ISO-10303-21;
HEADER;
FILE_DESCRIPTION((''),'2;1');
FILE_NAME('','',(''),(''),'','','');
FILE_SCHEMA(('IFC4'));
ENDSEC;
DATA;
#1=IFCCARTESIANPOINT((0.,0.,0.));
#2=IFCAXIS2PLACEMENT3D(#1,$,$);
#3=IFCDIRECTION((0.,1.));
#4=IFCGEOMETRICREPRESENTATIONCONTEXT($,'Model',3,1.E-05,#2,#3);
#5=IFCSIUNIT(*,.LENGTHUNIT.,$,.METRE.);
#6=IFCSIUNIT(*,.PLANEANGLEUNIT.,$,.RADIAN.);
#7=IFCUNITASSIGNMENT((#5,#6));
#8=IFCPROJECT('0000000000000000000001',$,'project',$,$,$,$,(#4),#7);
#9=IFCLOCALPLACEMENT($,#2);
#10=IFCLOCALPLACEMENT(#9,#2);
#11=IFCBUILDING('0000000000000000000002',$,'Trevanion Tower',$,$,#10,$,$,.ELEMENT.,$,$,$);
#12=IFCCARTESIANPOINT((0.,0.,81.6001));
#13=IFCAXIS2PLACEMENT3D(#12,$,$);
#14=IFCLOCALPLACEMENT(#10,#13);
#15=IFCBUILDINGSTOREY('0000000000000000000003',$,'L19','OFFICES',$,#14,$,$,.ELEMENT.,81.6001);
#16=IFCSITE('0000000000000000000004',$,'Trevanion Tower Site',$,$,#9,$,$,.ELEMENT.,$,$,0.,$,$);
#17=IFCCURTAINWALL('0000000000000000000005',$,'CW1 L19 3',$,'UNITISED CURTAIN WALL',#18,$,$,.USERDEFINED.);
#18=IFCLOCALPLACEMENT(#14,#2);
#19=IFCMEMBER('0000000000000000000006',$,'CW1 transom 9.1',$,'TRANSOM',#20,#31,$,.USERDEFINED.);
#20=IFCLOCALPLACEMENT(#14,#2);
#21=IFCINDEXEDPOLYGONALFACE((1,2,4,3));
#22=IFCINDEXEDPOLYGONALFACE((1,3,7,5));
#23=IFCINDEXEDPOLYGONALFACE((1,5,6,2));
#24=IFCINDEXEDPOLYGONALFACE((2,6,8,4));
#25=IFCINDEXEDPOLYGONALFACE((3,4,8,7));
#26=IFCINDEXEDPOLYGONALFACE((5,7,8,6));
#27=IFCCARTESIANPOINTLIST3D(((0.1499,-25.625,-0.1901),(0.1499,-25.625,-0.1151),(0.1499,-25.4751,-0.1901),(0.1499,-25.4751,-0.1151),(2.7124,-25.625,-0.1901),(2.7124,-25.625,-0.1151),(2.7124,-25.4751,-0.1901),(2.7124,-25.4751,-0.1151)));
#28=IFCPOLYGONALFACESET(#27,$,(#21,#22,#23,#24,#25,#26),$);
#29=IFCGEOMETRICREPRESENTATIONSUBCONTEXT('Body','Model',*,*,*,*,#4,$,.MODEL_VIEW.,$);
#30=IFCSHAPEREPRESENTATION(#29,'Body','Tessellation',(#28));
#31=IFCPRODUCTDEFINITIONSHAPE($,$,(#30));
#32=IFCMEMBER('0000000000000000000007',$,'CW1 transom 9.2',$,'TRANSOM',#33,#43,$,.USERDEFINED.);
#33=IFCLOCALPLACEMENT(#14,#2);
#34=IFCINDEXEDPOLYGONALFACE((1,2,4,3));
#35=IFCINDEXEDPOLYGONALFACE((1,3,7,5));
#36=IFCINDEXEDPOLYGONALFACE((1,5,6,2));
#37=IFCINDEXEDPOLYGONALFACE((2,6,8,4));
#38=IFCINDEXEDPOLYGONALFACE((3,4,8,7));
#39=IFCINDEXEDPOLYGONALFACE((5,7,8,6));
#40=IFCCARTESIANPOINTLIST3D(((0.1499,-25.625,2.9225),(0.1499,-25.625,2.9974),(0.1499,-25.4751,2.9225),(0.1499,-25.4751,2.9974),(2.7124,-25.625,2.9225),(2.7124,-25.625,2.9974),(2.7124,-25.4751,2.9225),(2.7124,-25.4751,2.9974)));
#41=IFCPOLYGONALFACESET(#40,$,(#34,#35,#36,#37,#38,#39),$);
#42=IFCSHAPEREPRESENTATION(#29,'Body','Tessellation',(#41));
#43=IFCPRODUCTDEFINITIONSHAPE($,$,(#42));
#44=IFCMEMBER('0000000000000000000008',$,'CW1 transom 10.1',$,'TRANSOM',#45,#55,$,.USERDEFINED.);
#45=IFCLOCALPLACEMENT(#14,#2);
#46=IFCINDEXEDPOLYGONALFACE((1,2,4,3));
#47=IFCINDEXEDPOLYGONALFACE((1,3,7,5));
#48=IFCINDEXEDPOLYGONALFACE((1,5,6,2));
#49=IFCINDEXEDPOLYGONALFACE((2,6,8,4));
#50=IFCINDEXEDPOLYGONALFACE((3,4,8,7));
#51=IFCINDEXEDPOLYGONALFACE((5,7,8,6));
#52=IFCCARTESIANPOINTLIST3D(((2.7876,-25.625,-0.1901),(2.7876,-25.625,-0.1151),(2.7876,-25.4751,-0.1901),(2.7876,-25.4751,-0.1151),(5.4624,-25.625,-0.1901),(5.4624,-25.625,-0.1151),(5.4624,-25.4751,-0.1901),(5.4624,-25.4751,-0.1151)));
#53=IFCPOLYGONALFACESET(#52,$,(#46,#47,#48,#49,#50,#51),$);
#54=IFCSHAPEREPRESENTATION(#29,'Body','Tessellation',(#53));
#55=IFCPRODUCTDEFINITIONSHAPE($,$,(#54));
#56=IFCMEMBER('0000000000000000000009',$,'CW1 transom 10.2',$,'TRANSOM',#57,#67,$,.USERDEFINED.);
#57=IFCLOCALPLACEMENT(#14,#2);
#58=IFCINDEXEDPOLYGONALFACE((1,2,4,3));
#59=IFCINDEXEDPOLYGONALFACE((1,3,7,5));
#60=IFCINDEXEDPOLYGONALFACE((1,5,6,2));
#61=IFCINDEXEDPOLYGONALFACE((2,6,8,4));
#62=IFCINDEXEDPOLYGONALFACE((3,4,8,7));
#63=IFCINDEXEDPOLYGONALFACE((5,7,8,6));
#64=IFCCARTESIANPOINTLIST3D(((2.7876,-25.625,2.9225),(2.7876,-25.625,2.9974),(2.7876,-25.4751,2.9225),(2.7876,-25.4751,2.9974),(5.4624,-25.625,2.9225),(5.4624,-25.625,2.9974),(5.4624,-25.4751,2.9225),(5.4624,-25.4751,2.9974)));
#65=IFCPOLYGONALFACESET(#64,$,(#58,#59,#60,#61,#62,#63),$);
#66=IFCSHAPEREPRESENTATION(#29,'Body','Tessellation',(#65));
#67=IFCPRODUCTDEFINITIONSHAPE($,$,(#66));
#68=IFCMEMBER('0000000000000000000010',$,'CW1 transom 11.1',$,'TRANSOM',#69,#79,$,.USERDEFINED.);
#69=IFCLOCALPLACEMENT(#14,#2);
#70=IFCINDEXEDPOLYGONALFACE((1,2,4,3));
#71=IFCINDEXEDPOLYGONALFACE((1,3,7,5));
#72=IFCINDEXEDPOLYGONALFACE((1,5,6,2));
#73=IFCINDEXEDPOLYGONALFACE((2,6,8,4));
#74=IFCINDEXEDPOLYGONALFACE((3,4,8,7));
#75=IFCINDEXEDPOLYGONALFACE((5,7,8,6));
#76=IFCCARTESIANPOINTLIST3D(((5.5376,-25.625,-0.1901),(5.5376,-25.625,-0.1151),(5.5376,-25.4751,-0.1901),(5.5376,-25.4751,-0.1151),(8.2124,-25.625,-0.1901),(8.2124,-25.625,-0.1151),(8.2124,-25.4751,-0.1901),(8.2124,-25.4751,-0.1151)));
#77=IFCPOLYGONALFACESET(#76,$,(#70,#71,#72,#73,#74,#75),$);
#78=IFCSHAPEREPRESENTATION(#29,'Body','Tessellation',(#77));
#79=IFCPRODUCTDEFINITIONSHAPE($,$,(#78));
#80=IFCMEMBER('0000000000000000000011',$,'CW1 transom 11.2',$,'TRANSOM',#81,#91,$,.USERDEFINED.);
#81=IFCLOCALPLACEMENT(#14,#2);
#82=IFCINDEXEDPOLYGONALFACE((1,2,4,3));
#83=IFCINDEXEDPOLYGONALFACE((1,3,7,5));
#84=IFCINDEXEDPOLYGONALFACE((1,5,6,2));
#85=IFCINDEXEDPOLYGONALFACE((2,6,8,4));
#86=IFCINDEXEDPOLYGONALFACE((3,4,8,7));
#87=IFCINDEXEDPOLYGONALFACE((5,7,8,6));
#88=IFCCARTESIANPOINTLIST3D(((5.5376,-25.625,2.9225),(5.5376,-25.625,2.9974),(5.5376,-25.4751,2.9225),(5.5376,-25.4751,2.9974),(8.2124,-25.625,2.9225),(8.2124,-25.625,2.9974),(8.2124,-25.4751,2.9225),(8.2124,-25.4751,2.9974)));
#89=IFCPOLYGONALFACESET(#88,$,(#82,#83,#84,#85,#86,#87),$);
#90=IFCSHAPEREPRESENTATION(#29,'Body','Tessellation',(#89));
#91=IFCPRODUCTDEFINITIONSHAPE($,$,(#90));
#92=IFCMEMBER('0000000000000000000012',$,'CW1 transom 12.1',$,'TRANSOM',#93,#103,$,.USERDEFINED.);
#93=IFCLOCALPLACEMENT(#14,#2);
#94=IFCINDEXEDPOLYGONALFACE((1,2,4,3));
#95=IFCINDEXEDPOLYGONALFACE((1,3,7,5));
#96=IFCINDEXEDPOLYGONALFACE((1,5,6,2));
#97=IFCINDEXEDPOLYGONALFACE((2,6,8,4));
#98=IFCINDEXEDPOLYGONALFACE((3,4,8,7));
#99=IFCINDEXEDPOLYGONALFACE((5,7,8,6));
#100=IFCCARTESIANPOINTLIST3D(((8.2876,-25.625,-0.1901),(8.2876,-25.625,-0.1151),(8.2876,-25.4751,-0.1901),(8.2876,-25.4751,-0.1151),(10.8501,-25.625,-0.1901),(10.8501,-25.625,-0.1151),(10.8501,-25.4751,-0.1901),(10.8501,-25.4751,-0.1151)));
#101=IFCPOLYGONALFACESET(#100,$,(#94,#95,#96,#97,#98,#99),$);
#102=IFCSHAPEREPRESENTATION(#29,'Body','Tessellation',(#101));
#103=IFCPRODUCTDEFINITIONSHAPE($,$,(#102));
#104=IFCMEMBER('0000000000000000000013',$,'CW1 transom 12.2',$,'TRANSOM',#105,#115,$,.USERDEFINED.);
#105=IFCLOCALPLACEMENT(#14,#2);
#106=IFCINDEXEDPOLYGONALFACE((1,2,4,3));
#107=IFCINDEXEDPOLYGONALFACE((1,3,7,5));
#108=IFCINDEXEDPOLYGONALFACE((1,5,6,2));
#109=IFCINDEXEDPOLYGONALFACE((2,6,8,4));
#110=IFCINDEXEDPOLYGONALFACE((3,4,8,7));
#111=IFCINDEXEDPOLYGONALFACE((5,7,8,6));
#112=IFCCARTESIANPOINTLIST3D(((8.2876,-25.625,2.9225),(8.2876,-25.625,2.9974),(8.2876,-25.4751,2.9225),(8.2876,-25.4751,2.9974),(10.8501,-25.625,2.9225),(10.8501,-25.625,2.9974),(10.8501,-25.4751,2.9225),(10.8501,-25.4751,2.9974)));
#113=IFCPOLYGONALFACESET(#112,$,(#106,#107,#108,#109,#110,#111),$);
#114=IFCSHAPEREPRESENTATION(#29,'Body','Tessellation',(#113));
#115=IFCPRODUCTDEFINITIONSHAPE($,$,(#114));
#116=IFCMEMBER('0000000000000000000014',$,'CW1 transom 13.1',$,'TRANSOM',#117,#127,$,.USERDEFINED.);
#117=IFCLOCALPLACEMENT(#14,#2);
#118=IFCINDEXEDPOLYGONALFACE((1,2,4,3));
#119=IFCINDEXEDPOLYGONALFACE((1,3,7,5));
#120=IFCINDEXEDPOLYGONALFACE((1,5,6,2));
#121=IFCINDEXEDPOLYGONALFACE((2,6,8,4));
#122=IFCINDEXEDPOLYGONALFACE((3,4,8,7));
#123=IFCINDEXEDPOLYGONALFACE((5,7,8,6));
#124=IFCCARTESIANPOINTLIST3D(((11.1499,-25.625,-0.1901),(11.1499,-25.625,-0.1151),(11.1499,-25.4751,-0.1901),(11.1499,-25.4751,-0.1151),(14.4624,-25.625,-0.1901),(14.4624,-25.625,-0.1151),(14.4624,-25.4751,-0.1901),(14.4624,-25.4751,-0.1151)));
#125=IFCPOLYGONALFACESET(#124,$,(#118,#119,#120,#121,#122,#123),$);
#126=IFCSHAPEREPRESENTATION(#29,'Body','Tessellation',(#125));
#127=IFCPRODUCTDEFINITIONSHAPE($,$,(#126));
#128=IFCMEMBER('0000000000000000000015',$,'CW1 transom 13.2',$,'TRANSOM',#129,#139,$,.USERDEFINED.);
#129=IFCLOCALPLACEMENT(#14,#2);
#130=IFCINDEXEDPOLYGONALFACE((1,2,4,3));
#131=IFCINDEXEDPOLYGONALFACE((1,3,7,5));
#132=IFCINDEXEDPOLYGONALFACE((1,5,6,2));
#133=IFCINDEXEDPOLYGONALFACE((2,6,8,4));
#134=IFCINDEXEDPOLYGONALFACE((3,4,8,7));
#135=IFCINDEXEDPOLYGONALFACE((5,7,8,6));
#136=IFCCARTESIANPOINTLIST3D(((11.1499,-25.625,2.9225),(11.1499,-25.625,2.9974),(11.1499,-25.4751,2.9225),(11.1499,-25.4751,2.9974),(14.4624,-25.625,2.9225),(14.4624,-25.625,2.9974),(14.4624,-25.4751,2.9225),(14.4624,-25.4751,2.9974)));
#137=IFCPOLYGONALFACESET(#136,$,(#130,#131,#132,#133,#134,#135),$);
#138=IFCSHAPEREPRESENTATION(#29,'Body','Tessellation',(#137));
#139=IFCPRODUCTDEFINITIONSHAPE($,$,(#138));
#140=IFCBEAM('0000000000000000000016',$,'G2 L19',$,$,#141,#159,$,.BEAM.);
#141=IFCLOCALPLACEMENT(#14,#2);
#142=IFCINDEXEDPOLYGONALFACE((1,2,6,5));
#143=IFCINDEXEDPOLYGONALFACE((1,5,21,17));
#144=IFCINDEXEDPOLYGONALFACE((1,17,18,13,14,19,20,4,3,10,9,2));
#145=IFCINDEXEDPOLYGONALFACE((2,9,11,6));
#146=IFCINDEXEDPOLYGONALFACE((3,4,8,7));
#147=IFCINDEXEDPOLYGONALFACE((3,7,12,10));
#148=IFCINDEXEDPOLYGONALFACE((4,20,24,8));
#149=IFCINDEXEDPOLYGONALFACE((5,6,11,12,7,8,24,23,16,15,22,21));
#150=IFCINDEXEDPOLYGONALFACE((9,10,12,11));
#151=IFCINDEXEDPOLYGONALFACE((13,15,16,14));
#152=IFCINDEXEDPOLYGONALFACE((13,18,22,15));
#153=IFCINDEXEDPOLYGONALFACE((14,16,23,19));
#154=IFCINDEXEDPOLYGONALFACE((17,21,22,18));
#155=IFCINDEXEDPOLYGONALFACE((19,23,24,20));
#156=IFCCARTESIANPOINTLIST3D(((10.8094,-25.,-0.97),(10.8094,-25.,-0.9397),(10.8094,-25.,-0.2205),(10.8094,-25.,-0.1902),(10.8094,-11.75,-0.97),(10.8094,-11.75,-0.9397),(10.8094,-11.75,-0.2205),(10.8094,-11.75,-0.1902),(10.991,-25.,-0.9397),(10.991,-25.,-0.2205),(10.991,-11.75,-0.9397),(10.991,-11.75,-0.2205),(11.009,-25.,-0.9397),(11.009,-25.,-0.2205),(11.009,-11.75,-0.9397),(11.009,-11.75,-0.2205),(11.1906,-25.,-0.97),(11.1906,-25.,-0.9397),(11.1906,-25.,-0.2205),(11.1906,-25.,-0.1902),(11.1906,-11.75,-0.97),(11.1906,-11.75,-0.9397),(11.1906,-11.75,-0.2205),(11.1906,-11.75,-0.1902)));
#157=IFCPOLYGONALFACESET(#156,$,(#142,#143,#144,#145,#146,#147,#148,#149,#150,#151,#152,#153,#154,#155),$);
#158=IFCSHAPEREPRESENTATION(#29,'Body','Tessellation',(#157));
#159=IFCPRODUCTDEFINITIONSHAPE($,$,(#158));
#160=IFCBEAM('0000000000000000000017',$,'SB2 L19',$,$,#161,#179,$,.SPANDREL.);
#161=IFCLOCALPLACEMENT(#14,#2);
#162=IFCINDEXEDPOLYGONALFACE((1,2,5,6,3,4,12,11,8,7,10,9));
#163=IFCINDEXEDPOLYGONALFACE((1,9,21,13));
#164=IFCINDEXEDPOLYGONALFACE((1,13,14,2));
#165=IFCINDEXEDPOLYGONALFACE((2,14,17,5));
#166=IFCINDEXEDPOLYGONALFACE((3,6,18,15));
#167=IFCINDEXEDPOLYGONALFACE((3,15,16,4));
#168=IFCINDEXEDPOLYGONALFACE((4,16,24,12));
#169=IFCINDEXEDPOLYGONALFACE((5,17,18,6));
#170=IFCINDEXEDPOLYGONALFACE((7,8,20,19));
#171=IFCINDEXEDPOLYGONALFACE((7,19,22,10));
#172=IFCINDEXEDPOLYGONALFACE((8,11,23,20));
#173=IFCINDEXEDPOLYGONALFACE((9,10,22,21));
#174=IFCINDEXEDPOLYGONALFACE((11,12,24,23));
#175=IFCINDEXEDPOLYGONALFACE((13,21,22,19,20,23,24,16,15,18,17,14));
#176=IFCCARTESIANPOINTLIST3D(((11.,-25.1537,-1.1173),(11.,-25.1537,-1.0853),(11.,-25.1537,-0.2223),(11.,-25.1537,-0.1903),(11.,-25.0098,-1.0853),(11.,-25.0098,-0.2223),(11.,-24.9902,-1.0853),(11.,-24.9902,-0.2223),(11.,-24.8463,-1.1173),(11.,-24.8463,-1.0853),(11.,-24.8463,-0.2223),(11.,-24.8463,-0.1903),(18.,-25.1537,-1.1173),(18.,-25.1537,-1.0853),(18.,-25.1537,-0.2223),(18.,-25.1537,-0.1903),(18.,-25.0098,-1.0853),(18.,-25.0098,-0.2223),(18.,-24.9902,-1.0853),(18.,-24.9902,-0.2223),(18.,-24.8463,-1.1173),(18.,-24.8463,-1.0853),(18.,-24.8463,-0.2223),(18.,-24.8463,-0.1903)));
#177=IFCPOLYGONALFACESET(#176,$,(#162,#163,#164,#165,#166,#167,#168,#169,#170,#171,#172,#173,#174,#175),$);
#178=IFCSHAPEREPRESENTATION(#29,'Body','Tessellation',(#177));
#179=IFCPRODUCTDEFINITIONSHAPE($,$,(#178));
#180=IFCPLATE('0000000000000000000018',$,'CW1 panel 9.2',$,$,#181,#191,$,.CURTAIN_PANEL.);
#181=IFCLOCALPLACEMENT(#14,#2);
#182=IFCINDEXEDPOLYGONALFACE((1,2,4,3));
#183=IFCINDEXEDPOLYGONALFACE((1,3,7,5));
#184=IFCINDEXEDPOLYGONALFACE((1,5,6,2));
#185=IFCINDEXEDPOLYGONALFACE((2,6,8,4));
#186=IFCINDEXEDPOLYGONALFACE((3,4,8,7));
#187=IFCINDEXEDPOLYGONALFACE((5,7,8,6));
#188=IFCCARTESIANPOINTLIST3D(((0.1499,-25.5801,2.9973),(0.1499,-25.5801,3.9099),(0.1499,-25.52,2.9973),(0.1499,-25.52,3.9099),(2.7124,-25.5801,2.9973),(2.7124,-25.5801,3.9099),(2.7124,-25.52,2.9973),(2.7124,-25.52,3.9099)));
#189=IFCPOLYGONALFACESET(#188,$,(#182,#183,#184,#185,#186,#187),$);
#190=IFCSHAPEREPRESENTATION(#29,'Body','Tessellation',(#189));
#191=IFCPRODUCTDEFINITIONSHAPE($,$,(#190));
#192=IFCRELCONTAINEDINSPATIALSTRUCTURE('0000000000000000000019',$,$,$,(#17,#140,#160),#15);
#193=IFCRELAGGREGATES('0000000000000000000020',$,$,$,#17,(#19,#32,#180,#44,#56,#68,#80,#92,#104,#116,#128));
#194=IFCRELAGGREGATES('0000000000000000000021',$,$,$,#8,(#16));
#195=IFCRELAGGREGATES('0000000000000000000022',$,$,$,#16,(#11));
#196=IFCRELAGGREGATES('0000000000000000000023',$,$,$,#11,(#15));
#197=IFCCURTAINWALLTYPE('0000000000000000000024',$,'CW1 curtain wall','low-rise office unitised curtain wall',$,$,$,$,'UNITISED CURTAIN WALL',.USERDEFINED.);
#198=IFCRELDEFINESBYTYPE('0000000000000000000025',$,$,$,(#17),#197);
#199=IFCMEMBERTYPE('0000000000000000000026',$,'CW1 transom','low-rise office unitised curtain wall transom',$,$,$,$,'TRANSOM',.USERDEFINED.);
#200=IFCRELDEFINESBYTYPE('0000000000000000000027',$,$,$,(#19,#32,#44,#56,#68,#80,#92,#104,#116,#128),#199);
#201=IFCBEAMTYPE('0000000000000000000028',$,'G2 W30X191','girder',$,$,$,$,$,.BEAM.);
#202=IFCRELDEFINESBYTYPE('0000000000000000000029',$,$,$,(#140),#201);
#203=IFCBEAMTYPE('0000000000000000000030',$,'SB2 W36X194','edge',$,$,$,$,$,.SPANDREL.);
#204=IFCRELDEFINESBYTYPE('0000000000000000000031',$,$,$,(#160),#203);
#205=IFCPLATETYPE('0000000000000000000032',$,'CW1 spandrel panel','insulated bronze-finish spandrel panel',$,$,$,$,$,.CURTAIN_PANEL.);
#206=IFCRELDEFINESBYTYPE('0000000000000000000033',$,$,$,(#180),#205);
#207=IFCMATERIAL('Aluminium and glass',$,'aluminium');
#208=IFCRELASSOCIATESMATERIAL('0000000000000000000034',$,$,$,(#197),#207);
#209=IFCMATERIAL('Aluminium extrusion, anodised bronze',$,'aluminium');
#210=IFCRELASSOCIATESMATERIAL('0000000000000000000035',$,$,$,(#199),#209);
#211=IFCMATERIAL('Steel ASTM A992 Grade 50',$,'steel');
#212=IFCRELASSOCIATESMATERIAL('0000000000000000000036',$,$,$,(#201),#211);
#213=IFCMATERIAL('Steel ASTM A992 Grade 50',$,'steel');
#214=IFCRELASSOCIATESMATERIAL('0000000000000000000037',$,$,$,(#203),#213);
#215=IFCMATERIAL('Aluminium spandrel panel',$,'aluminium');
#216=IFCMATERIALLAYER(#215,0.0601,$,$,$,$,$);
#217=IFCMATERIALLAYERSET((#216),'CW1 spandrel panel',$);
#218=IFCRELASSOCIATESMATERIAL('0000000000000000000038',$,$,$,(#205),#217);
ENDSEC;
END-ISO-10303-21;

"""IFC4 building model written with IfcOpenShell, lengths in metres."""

from ifc_helpers import new_model, si_unit, direction, frame, origin, origin_2d, place, context, subcontext, project, spatial, rectangle, i_section, extrude, material, layer, layer_set, material_profile, profile_set, type_object, element, aggregate, save


model = new_model("IFC4")

# Units and contexts
model_context = context("Model", 3, precision=1e-05, world=origin(), true_north=direction((0.0, 1.0)))
body_context = subcontext(model_context, "Body", "Model", "MODEL_VIEW")
ifc_project = project(units=[si_unit("LENGTHUNIT", "METRE"), si_unit("PLANEANGLEUNIT", "RADIAN")], contexts=[model_context])

# Site, building, storey
site_placement = place(None, origin())
site = spatial("IfcSite", under=ifc_project, at=site_placement, Name="Trevanion Tower Site", CompositionType="ELEMENT", RefElevation=0.0)
building_placement = place(site_placement, origin())
building = spatial("IfcBuilding", under=site, at=building_placement, Name="Trevanion Tower", CompositionType="ELEMENT")
storey_placement = place(building_placement, frame((0.0, 0.0, 81.6001)))
storey = spatial("IfcBuildingStorey", under=building, at=storey_placement, Name="L19", Description="OFFICES", CompositionType="ELEMENT", Elevation=81.6001)

# Curtain wall, members
ifc_material_1 = material(Name="Aluminium and glass", Category="aluminium")
curtain_wall_type = type_object("IfcCurtainWallType", Name="CW1 curtain wall", Description="low-rise office unitised curtain wall", ElementType="UNITISED CURTAIN WALL", PredefinedType="USERDEFINED", material=ifc_material_1)
curtain_wall_placement = place(storey_placement, origin())
curtain_wall = element("IfcCurtainWall", 1, at=curtain_wall_placement, inside=storey, type_object=curtain_wall_type, Name="CW1 L19 3", ObjectType="UNITISED CURTAIN WALL", PredefinedType="USERDEFINED")
ifc_material_2 = material(Name="Aluminium extrusion, anodised bronze", Category="aluminium")
ifc_material_profile_1 = material_profile(ifc_material_2, rectangle(XDim=0.1499, YDim=0.075, at=origin_2d()), Name="CW1 transom")
ifc_profile_set_1 = profile_set([ifc_material_profile_1], Name="Aluminium extrusion, anodised bronze")
member_type_1 = type_object("IfcMemberType", Name="CW1 transom", Description="low-rise office unitised curtain wall transom", ElementType="TRANSOM", PredefinedType="USERDEFINED", material=ifc_profile_set_1)
member_1_placement = place(storey_placement, frame((0.1499, -25.55, -0.1526), z_axis=(1.0, 0.0, 0.0), x_axis=(0.0, 1.0, 0.0)))
member_1 = element("IfcMember", 2, at=member_1_placement, type_object=member_type_1, Name="CW1 transom 9.1", ObjectType="TRANSOM", PredefinedType="USERDEFINED", context=body_context, shape_type="SweptSolid", body=[
    extrude(rectangle(XDim=0.1499, YDim=0.075, at=origin_2d()), origin(), (0.0, 0.0, 1.0), 2.5625),
])
member_2_placement = place(storey_placement, frame((0.1499, -25.55, 2.96), z_axis=(1.0, 0.0, 0.0), x_axis=(0.0, 1.0, 0.0)))
member_2 = element("IfcMember", 3, at=member_2_placement, type_object=member_type_1, Name="CW1 transom 9.2", ObjectType="TRANSOM", PredefinedType="USERDEFINED", context=body_context, shape_type="SweptSolid", body=[
    extrude(rectangle(XDim=0.1499, YDim=0.075, at=origin_2d()), origin(), (0.0, 0.0, 1.0), 2.5625),
])
member_3_placement = place(storey_placement, frame((2.7876, -25.55, -0.1526), z_axis=(1.0, 0.0, 0.0), x_axis=(0.0, 1.0, 0.0)))
member_3 = element("IfcMember", 4, at=member_3_placement, type_object=member_type_1, Name="CW1 transom 10.1", ObjectType="TRANSOM", PredefinedType="USERDEFINED", context=body_context, shape_type="SweptSolid", body=[
    extrude(rectangle(XDim=0.1499, YDim=0.075, at=origin_2d()), origin(), (0.0, 0.0, 1.0), 2.6748),
])
member_4_placement = place(storey_placement, frame((2.7876, -25.55, 2.96), z_axis=(1.0, 0.0, 0.0), x_axis=(0.0, 1.0, 0.0)))
member_4 = element("IfcMember", 5, at=member_4_placement, type_object=member_type_1, Name="CW1 transom 10.2", ObjectType="TRANSOM", PredefinedType="USERDEFINED", context=body_context, shape_type="SweptSolid", body=[
    extrude(rectangle(XDim=0.1499, YDim=0.075, at=origin_2d()), origin(), (0.0, 0.0, 1.0), 2.6748),
])
member_5_placement = place(storey_placement, frame((5.5376, -25.55, -0.1526), z_axis=(1.0, 0.0, 0.0), x_axis=(0.0, 1.0, 0.0)))
member_5 = element("IfcMember", 6, at=member_5_placement, type_object=member_type_1, Name="CW1 transom 11.1", ObjectType="TRANSOM", PredefinedType="USERDEFINED", context=body_context, shape_type="SweptSolid", body=[
    extrude(rectangle(XDim=0.1499, YDim=0.075, at=origin_2d()), origin(), (0.0, 0.0, 1.0), 2.6748),
])
member_6_placement = place(storey_placement, frame((5.5376, -25.55, 2.96), z_axis=(1.0, 0.0, 0.0), x_axis=(0.0, 1.0, 0.0)))
member_6 = element("IfcMember", 7, at=member_6_placement, type_object=member_type_1, Name="CW1 transom 11.2", ObjectType="TRANSOM", PredefinedType="USERDEFINED", context=body_context, shape_type="SweptSolid", body=[
    extrude(rectangle(XDim=0.1499, YDim=0.075, at=origin_2d()), origin(), (0.0, 0.0, 1.0), 2.6748),
])
member_7_placement = place(storey_placement, frame((8.2876, -25.55, -0.1526), z_axis=(1.0, 0.0, 0.0), x_axis=(0.0, 1.0, 0.0)))
member_7 = element("IfcMember", 8, at=member_7_placement, type_object=member_type_1, Name="CW1 transom 12.1", ObjectType="TRANSOM", PredefinedType="USERDEFINED", context=body_context, shape_type="SweptSolid", body=[
    extrude(rectangle(XDim=0.1499, YDim=0.075, at=origin_2d()), origin(), (0.0, 0.0, 1.0), 2.5625),
])
member_8_placement = place(storey_placement, frame((8.2876, -25.55, 2.96), z_axis=(1.0, 0.0, 0.0), x_axis=(0.0, 1.0, 0.0)))
member_8 = element("IfcMember", 9, at=member_8_placement, type_object=member_type_1, Name="CW1 transom 12.2", ObjectType="TRANSOM", PredefinedType="USERDEFINED", context=body_context, shape_type="SweptSolid", body=[
    extrude(rectangle(XDim=0.1499, YDim=0.075, at=origin_2d()), origin(), (0.0, 0.0, 1.0), 2.5625),
])
member_9_placement = place(storey_placement, frame((11.1499, -25.55, -0.1526), z_axis=(1.0, 0.0, 0.0), x_axis=(0.0, 1.0, 0.0)))
member_9 = element("IfcMember", 10, at=member_9_placement, type_object=member_type_1, Name="CW1 transom 13.1", ObjectType="TRANSOM", PredefinedType="USERDEFINED", context=body_context, shape_type="SweptSolid", body=[
    extrude(rectangle(XDim=0.1499, YDim=0.075, at=origin_2d()), origin(), (0.0, 0.0, 1.0), 3.3125),
])
member_10_placement = place(storey_placement, frame((11.1499, -25.55, 2.96), z_axis=(1.0, 0.0, 0.0), x_axis=(0.0, 1.0, 0.0)))
member_10 = element("IfcMember", 11, at=member_10_placement, type_object=member_type_1, Name="CW1 transom 13.2", ObjectType="TRANSOM", PredefinedType="USERDEFINED", context=body_context, shape_type="SweptSolid", body=[
    extrude(rectangle(XDim=0.1499, YDim=0.075, at=origin_2d()), origin(), (0.0, 0.0, 1.0), 3.3125),
])

# Beams
ifc_material_3 = material(Name="Steel ASTM A992 Grade 50", Category="steel")
ifc_material_profile_2 = material_profile(ifc_material_3, i_section(OverallWidth=0.3811, OverallDepth=0.7798, WebThickness=0.0181, FlangeThickness=0.0303, at=origin_2d()), Name="W30X191")
ifc_profile_set_2 = profile_set([ifc_material_profile_2], Name="Steel ASTM A992 Grade 50")
beam_type_1 = type_object("IfcBeamType", Name="G2 W30X191", Description="girder", PredefinedType="BEAM", material=ifc_profile_set_2)
beam_1_placement = place(storey_placement, frame((11.0, -11.75, -0.5801), z_axis=(0.0, -1.0, 0.0), x_axis=(1.0, 0.0, 0.0)))
element("IfcBeam", 12, at=beam_1_placement, inside=storey, type_object=beam_type_1, Name="G2 L19", PredefinedType="BEAM", context=body_context, shape_type="SweptSolid", body=[
    extrude(i_section(OverallWidth=0.3811, OverallDepth=0.7798, WebThickness=0.0181, FlangeThickness=0.0303, at=origin_2d()), origin(), (0.0, 0.0, 1.0), 13.25),
])
ifc_material_4 = material(Name="Steel ASTM A992 Grade 50", Category="steel")
ifc_material_profile_3 = material_profile(ifc_material_4, i_section(OverallWidth=0.3074, OverallDepth=0.927, WebThickness=0.0195, FlangeThickness=0.032, at=origin_2d()), Name="W36X194")
ifc_profile_set_3 = profile_set([ifc_material_profile_3], Name="Steel ASTM A992 Grade 50")
beam_type_2 = type_object("IfcBeamType", Name="SB2 W36X194", Description="edge", PredefinedType="SPANDREL", material=ifc_profile_set_3)
beam_2_placement = place(storey_placement, frame((11.0, -25.0, -0.6538), z_axis=(1.0, 0.0, 0.0), x_axis=(0.0, 1.0, 0.0)))
element("IfcBeam", 13, at=beam_2_placement, inside=storey, type_object=beam_type_2, Name="SB2 L19", PredefinedType="SPANDREL", context=body_context, shape_type="SweptSolid", body=[
    extrude(i_section(OverallWidth=0.3074, OverallDepth=0.927, WebThickness=0.0195, FlangeThickness=0.032, at=origin_2d()), origin(), (0.0, 0.0, 1.0), 7.0),
])

# Plate
ifc_material_5 = material(Name="Aluminium spandrel panel", Category="aluminium")
ifc_layer_1 = layer(ifc_material_5, 0.0601)
ifc_layer_set_1 = layer_set([ifc_layer_1], Name="CW1 spandrel panel")
plate_type_1 = type_object("IfcPlateType", Name="CW1 spandrel panel", Description="insulated bronze-finish spandrel panel", PredefinedType="CURTAIN_PANEL", material=ifc_layer_set_1)
plate_1_placement = place(storey_placement, frame((1.4312, -25.55, 2.9973), z_axis=(0.0, 0.0, 1.0), x_axis=(1.0, 0.0, 0.0)))
plate_1 = element("IfcPlate", 14, at=plate_1_placement, type_object=plate_type_1, Name="CW1 panel 9.2", PredefinedType="CURTAIN_PANEL", context=body_context, shape_type="SweptSolid", body=[
    extrude(rectangle(XDim=2.5625, YDim=0.0601, at=origin_2d()), origin(), (0.0, 0.0, 1.0), 0.9126),
])
aggregate(curtain_wall, [member_1, member_2, plate_1, member_3, member_4, member_5, member_6, member_7, member_8, member_9, member_10])

save(model, "model.ifc")
